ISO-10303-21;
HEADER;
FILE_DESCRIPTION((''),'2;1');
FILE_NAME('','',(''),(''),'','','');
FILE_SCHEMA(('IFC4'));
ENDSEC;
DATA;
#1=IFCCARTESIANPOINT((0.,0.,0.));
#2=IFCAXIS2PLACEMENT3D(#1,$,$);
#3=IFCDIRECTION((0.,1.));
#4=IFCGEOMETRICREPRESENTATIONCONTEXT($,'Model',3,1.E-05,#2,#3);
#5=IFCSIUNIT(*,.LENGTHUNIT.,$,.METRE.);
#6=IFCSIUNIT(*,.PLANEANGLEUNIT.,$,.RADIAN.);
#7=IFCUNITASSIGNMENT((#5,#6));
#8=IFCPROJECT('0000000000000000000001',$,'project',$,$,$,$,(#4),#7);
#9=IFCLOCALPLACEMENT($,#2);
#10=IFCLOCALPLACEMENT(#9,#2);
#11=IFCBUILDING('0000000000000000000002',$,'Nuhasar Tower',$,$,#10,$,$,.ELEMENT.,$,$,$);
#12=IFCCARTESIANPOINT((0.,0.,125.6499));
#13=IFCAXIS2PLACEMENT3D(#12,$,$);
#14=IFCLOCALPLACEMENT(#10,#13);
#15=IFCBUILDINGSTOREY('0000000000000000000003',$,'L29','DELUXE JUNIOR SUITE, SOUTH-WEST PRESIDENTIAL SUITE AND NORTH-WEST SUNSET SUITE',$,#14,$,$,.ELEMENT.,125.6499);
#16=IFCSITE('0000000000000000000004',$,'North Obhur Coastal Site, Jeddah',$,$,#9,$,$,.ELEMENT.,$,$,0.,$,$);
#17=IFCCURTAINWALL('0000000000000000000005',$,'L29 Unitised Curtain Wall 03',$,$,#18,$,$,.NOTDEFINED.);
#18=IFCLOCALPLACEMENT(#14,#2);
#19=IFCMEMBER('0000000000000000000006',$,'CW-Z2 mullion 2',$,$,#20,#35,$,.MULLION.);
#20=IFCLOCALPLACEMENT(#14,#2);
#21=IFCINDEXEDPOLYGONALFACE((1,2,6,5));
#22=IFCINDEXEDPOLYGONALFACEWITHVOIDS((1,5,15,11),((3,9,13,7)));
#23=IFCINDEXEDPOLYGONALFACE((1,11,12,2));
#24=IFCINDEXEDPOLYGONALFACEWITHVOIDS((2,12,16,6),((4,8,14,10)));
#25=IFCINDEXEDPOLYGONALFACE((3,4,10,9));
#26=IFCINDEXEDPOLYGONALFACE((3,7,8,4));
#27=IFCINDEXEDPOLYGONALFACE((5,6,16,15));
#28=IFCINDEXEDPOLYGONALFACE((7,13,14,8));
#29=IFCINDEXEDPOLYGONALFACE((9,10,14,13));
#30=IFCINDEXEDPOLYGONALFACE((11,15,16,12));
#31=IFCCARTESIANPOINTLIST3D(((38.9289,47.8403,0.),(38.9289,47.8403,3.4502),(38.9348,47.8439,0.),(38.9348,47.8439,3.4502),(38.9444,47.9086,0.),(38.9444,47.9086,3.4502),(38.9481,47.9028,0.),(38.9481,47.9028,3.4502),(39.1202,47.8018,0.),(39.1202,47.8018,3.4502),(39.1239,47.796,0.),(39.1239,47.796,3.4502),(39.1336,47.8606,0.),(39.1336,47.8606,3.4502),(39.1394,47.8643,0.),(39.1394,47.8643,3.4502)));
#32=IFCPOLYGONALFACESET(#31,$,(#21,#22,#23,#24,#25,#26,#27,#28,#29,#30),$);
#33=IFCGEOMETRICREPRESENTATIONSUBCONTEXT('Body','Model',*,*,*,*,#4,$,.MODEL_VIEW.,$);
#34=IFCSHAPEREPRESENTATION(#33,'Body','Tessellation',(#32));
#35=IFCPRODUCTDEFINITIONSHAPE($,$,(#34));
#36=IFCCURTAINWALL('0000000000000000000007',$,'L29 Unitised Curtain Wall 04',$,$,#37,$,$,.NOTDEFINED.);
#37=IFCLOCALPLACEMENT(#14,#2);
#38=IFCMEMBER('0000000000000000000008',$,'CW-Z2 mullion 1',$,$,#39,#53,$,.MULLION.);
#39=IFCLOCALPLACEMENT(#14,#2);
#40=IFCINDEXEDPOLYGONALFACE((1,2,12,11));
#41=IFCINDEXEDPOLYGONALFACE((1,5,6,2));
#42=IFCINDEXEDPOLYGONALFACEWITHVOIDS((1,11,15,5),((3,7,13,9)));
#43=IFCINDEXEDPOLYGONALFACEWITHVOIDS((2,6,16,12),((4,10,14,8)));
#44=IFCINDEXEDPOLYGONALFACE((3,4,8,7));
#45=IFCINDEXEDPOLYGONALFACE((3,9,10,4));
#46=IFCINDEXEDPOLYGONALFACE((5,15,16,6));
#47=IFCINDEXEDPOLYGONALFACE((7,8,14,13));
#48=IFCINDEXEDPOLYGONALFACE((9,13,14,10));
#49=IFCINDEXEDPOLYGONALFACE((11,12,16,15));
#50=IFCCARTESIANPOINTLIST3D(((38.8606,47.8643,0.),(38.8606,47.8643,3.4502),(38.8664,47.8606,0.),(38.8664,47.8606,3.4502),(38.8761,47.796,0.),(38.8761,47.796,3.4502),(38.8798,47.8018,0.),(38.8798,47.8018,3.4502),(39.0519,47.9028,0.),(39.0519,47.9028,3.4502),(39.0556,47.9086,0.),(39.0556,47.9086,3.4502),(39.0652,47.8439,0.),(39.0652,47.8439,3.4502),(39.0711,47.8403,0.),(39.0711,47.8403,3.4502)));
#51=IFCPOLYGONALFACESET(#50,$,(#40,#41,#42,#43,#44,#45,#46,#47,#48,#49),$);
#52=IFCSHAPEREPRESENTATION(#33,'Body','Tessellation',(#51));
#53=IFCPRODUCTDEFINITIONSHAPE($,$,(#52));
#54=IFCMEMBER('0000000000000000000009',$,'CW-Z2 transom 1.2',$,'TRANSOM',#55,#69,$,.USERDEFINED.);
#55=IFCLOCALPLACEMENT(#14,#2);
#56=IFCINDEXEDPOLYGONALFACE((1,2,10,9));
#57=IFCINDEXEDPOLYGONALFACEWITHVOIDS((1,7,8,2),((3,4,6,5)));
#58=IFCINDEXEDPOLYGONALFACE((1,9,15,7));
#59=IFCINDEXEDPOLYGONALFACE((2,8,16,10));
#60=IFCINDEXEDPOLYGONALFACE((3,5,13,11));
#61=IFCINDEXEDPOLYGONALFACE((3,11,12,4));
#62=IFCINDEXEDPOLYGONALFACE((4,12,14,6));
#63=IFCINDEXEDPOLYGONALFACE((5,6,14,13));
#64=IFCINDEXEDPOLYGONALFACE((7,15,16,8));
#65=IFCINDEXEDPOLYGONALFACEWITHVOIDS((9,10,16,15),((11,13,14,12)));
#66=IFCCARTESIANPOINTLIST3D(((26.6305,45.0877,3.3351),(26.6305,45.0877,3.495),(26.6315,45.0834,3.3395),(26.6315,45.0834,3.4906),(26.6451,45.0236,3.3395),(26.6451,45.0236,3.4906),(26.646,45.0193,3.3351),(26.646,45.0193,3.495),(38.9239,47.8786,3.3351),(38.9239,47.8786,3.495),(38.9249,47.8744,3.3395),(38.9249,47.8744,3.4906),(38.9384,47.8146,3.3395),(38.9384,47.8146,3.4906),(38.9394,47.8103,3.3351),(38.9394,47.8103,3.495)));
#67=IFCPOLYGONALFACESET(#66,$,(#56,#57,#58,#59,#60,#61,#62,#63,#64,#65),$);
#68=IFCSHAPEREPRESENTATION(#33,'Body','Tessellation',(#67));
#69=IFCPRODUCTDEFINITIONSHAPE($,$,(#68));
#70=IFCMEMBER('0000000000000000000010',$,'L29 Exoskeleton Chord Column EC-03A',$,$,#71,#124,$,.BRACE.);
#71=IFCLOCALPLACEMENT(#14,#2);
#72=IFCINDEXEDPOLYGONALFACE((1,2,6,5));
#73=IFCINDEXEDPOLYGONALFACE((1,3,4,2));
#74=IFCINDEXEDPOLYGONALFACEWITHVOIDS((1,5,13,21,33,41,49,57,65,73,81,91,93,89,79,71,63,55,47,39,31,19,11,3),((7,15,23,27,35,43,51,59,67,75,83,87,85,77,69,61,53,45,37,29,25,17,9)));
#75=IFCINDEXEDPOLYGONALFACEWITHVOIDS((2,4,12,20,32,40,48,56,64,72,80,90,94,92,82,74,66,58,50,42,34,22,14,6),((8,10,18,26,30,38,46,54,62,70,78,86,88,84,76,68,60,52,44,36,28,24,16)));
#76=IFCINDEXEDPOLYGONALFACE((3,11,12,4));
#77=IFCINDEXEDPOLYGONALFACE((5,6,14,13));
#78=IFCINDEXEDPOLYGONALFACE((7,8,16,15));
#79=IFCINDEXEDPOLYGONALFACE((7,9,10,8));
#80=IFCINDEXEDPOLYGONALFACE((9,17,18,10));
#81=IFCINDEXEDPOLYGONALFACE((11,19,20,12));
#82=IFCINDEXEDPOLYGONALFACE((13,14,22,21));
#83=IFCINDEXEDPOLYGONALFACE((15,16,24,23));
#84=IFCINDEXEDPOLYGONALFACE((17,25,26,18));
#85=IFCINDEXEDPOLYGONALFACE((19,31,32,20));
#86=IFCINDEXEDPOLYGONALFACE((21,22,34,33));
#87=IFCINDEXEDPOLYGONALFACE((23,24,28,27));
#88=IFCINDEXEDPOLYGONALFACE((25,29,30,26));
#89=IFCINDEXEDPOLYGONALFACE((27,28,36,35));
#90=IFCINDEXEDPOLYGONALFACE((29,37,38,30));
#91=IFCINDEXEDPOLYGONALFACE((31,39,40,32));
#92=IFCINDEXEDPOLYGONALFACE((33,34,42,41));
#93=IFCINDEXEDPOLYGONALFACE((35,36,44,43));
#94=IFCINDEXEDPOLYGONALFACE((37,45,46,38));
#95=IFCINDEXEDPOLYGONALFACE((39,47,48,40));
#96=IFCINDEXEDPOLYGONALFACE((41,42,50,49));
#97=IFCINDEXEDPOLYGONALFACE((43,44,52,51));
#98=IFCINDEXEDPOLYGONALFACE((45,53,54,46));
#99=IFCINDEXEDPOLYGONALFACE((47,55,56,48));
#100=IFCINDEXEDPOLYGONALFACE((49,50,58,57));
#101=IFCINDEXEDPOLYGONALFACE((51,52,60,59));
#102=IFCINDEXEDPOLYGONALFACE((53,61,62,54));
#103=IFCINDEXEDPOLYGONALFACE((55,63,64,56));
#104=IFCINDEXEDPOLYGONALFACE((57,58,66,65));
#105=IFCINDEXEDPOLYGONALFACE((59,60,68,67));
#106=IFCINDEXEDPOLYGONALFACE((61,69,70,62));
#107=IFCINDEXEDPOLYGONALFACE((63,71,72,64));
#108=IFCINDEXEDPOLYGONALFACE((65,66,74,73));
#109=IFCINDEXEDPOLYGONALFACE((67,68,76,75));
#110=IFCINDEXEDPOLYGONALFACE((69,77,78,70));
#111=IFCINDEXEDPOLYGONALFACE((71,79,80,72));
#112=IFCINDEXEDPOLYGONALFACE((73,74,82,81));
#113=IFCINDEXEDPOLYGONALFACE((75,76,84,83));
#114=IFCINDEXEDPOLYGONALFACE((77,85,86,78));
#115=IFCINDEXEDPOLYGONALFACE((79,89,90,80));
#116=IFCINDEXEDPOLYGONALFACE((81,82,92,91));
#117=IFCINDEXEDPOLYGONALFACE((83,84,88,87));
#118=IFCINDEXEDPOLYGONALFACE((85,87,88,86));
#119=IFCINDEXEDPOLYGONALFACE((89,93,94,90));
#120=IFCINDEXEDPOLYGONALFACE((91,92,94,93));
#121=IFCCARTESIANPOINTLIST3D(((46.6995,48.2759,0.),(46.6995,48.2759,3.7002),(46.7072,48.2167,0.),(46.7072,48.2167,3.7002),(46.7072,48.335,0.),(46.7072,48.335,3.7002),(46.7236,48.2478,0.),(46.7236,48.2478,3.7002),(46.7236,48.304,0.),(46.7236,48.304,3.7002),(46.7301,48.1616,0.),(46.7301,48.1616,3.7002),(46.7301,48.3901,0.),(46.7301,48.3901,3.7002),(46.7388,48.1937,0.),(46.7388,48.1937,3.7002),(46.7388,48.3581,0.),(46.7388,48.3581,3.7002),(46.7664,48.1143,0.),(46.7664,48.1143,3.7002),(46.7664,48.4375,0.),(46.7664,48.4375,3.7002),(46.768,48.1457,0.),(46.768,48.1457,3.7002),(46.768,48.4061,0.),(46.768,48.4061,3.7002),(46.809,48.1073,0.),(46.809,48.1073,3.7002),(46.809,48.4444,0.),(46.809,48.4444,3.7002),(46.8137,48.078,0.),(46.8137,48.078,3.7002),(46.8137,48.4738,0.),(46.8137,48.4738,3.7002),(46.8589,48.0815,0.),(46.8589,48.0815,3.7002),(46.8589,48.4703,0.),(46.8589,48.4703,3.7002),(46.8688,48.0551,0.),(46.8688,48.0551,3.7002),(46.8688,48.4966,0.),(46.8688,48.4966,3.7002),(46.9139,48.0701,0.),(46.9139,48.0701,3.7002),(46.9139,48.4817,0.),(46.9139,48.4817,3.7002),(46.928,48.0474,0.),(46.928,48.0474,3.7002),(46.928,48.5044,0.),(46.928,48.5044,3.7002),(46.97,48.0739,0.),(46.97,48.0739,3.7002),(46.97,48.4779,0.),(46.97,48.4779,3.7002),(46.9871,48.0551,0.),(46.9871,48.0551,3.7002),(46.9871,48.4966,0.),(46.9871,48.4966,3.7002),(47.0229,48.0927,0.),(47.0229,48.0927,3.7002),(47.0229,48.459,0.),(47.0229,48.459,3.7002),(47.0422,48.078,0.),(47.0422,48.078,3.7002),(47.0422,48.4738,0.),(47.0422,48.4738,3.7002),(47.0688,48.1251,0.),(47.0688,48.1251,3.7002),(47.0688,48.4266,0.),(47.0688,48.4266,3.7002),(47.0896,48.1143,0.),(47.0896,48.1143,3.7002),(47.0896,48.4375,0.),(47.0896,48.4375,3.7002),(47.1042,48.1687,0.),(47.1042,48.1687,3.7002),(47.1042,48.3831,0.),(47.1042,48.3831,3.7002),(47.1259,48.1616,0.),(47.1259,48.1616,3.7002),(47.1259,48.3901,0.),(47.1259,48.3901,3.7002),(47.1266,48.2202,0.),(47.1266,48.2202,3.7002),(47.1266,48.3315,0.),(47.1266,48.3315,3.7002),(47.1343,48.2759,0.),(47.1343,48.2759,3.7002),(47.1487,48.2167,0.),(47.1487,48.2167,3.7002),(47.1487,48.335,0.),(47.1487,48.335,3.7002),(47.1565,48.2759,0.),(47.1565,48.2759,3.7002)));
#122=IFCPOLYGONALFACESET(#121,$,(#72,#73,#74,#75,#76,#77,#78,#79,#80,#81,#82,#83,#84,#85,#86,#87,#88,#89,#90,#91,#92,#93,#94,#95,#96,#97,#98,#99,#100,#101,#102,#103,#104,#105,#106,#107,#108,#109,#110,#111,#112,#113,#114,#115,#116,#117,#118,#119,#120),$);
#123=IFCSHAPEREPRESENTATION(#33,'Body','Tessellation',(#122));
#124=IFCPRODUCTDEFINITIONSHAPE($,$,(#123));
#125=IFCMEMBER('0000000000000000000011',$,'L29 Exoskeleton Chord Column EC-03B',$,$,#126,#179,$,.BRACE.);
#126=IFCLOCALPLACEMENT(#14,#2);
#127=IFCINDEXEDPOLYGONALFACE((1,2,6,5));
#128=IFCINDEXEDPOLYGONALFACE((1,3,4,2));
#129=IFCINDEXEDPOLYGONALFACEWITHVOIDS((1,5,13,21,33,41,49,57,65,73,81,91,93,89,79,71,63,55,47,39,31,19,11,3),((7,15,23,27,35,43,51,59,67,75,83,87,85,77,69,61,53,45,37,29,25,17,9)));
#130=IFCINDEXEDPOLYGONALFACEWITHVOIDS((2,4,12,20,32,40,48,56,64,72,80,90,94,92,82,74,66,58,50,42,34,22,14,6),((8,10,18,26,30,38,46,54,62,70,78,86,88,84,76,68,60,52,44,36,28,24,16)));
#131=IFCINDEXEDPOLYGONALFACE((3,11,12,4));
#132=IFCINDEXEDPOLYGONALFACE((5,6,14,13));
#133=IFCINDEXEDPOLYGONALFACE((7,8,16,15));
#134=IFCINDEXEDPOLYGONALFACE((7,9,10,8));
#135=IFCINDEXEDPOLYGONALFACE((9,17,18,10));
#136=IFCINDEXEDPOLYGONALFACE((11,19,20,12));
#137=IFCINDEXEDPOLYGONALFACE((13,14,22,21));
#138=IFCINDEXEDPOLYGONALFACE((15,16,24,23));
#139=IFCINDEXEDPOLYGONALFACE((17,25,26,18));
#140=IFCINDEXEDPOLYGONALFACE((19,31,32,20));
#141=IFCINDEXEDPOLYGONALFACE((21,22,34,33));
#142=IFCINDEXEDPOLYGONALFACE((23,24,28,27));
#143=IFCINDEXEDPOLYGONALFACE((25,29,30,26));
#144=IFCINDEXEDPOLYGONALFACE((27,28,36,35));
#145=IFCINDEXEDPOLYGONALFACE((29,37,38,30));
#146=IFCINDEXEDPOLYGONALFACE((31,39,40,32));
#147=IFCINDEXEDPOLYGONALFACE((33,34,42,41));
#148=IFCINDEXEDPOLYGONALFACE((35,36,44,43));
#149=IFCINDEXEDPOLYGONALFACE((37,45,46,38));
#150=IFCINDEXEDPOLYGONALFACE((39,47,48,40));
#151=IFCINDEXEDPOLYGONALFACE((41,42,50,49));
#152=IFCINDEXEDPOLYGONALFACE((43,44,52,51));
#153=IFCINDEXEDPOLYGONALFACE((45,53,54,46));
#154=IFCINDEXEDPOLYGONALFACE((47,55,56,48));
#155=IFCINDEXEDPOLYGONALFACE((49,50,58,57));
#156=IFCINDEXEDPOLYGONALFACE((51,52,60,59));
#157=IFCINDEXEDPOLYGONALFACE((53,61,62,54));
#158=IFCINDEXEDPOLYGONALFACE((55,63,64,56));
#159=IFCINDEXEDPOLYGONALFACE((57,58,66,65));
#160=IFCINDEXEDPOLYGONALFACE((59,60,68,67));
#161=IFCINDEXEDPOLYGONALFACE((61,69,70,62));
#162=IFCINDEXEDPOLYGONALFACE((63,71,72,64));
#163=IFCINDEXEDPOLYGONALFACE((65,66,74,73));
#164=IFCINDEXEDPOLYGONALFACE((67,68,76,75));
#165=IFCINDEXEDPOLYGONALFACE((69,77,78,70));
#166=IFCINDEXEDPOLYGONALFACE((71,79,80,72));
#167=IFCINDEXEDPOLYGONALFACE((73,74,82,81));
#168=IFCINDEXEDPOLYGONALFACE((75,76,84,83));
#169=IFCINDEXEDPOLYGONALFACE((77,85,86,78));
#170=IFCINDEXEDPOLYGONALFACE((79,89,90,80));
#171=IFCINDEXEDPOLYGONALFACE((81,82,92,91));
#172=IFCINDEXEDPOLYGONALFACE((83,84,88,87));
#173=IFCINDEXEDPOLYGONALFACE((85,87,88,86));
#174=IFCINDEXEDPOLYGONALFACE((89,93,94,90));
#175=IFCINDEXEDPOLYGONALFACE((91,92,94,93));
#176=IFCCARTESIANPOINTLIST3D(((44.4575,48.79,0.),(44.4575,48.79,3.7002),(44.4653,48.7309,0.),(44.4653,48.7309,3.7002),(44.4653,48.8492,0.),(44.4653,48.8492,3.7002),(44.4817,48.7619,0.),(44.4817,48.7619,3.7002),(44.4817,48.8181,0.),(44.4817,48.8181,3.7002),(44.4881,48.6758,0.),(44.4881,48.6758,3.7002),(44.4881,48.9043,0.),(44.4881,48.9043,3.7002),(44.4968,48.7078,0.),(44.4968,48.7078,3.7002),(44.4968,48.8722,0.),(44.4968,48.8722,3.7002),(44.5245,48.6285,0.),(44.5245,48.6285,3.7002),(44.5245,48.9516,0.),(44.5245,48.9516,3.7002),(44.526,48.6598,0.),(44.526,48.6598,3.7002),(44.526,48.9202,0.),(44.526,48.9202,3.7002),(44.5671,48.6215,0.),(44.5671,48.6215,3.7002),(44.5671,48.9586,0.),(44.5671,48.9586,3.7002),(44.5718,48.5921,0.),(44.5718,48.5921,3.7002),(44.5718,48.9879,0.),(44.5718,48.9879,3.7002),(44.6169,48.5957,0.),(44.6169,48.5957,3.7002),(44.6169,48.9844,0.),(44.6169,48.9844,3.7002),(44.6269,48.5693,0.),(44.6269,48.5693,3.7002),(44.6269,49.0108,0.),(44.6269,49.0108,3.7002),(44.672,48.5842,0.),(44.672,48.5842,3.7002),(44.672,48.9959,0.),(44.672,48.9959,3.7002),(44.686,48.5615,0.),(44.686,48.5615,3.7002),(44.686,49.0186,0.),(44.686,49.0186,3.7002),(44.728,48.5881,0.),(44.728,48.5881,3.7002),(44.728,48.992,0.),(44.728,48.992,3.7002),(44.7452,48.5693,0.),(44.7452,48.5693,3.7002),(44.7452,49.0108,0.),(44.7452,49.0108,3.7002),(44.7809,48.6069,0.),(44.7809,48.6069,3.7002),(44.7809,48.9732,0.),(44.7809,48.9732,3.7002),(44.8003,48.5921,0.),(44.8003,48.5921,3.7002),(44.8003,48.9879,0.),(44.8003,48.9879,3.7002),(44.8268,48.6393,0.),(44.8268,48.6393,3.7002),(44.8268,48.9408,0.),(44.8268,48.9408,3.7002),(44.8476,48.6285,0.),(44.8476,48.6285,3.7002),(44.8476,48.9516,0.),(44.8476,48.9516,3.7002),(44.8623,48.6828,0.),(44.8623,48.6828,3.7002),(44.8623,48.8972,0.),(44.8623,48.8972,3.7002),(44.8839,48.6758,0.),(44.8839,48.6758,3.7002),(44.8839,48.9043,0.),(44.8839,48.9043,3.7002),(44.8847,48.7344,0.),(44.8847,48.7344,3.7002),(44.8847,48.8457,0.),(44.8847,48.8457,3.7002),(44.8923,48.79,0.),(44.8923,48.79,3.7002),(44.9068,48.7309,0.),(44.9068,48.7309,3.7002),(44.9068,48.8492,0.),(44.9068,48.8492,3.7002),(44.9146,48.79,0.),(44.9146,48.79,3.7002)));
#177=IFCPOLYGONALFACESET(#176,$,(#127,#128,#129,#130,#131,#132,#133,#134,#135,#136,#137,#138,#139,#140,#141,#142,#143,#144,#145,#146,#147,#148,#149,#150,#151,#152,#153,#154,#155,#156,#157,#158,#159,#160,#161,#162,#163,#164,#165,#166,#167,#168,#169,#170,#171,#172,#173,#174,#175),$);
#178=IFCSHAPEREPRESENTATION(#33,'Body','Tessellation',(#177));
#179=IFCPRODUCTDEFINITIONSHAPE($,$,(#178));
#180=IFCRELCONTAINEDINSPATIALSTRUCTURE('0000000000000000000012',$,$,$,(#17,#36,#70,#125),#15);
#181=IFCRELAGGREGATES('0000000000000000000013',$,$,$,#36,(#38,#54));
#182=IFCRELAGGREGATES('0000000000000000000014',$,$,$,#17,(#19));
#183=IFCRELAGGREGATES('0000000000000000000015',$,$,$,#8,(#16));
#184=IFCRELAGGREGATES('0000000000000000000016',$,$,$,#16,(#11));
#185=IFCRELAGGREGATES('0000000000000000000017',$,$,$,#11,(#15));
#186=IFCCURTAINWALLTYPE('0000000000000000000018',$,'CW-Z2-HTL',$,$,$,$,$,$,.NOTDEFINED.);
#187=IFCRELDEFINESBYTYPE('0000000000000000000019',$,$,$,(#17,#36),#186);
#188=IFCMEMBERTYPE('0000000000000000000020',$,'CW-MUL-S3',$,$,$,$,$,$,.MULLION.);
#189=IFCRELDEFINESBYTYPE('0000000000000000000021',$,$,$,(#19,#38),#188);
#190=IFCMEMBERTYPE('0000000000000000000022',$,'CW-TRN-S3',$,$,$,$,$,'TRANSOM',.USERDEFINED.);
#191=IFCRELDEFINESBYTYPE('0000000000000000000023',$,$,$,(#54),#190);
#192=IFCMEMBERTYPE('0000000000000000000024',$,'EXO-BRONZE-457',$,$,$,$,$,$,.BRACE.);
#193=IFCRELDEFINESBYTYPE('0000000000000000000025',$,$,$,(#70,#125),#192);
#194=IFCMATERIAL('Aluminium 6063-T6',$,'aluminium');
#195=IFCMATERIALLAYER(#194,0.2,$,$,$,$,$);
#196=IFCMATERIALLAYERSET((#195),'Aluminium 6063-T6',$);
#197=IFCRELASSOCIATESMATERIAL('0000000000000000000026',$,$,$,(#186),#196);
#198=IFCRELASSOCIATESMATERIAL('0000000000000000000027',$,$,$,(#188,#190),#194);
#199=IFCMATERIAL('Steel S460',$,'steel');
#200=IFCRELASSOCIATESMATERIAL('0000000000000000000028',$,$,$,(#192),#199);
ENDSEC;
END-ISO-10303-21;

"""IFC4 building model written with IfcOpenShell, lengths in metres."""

from ifc_helpers import new_model, si_unit, direction, frame, origin, origin_2d, place, context, subcontext, project, spatial, hollow_rectangle, hollow_circle, extrude, material, layer, layer_set, material_profile, profile_set, type_object, element, aggregate, save


model = new_model("IFC4")

# Units and contexts
model_context = context("Model", 3, precision=1e-05, world=origin(), true_north=direction((0.0, 1.0)))
body_context = subcontext(model_context, "Body", "Model", "MODEL_VIEW")
ifc_project = project(units=[si_unit("LENGTHUNIT", "METRE"), si_unit("PLANEANGLEUNIT", "RADIAN")], contexts=[model_context])

# Site, building, storey
site_placement = place(None, origin())
site = spatial("IfcSite", under=ifc_project, at=site_placement, Name="North Obhur Coastal Site, Jeddah", CompositionType="ELEMENT", RefElevation=0.0)
building_placement = place(site_placement, origin())
building = spatial("IfcBuilding", under=site, at=building_placement, Name="Nuhasar Tower", CompositionType="ELEMENT")
storey_placement = place(building_placement, frame((0.0, 0.0, 125.6499)))
storey = spatial("IfcBuildingStorey", under=building, at=storey_placement, Name="L29", Description="DELUXE JUNIOR SUITE, SOUTH-WEST PRESIDENTIAL SUITE AND NORTH-WEST SUNSET SUITE", CompositionType="ELEMENT", Elevation=125.6499)

# Curtain wall, member
ifc_material_1 = material(Name="Aluminium 6063-T6", Category="aluminium")
ifc_layer_1 = layer(ifc_material_1, 0.2)
ifc_layer_set_1 = layer_set([ifc_layer_1], Name="Aluminium 6063-T6")
curtain_wall_type = type_object("IfcCurtainWallType", Name="CW-Z2-HTL", PredefinedType="NOTDEFINED", material=ifc_layer_set_1)
curtain_wall_1_placement = place(storey_placement, origin())
curtain_wall_1 = element("IfcCurtainWall", 1, at=curtain_wall_1_placement, inside=storey, type_object=curtain_wall_type, Name="L29 Unitised Curtain Wall 03", PredefinedType="NOTDEFINED")
ifc_material_profile_1 = material_profile(ifc_material_1, hollow_rectangle(XDim=0.0701, YDim=0.2, WallThickness=0.0049, at=origin_2d()), Name="CWM-3")
ifc_profile_set_1 = profile_set([ifc_material_profile_1], Name="Aluminium 6063-T6")
member_type_1 = type_object("IfcMemberType", Name="CW-MUL-S3", PredefinedType="MULLION", material=ifc_profile_set_1)
member_1_placement = place(storey_placement, frame((39.0342, 47.8523, 0.0), z_axis=(0.0, 0.0, 1.0), x_axis=(-0.221397, -0.975184, 0.0)))
member_1 = element("IfcMember", 2, at=member_1_placement, type_object=member_type_1, Name="CW-Z2 mullion 2", PredefinedType="MULLION", context=body_context, shape_type="SweptSolid", body=[
    extrude(hollow_rectangle(XDim=0.0701, YDim=0.2, WallThickness=0.0049, at=origin_2d()), origin(), (0.0, 0.0, 1.0), 3.4502),
])

# Curtain wall, members
curtain_wall_2_placement = place(storey_placement, origin())
curtain_wall_2 = element("IfcCurtainWall", 3, at=curtain_wall_2_placement, inside=storey, type_object=curtain_wall_type, Name="L29 Unitised Curtain Wall 04", PredefinedType="NOTDEFINED")
member_2_placement = place(storey_placement, frame((38.9658, 47.8523, 0.0), z_axis=(0.0, 0.0, 1.0), x_axis=(0.221397, -0.975184, 0.0)))
member_2 = element("IfcMember", 4, at=member_2_placement, type_object=member_type_1, Name="CW-Z2 mullion 1", PredefinedType="MULLION", context=body_context, shape_type="SweptSolid", body=[
    extrude(hollow_rectangle(XDim=0.0701, YDim=0.2, WallThickness=0.0049, at=origin_2d()), origin(), (0.0, 0.0, 1.0), 3.4502),
])
ifc_material_profile_2 = material_profile(ifc_material_1, hollow_rectangle(XDim=0.0701, YDim=0.1599, WallThickness=0.0044, at=origin_2d()), Name="CWT-3")
ifc_profile_set_2 = profile_set([ifc_material_profile_2], Name="Aluminium 6063-T6")
member_type_2 = type_object("IfcMemberType", Name="CW-TRN-S3", ElementType="TRANSOM", PredefinedType="USERDEFINED", material=ifc_profile_set_2)
member_3_placement = place(storey_placement, frame((38.9316, 47.8445, 3.415), z_axis=(-0.975183, -0.221398, 0.0), x_axis=(0.221398, -0.975183, 0.0)))
member_3 = element("IfcMember", 5, at=member_3_placement, type_object=member_type_2, Name="CW-Z2 transom 1.2", ObjectType="TRANSOM", PredefinedType="USERDEFINED", context=body_context, shape_type="SweptSolid", body=[
    extrude(hollow_rectangle(XDim=0.0701, YDim=0.1599, WallThickness=0.0044, at=origin_2d()), origin(), (0.0, 0.0, 1.0), 12.6062),
])
aggregate(curtain_wall_2, [member_2, member_3])

# Members
ifc_material_2 = material(Name="Steel S460", Category="steel")
ifc_material_profile_3 = material_profile(ifc_material_2, hollow_circle(Radius=0.2285, WallThickness=0.0222, at=origin_2d()), Name="HSS457X22.2")
ifc_profile_set_3 = profile_set([ifc_material_profile_3], Name="Steel S460")
member_type_3 = type_object("IfcMemberType", Name="EXO-BRONZE-457", PredefinedType="BRACE", material=ifc_profile_set_3)
for number, where, z_axis, x_axis, name in (
    (6, (46.928, 48.2759, 0.0), (0.0, 0.0, 1.0), (1.0, 0.0, 0.0), "L29 Exoskeleton Chord Column EC-03A"),
    (7, (44.686, 48.79, 0.0), (0.0, 0.0, 1.0), (1.0, 0.0, 0.0), "L29 Exoskeleton Chord Column EC-03B"),
):
    element("IfcMember", number, at=place(storey_placement, frame(where, z_axis=z_axis, x_axis=x_axis)), inside=storey, type_object=member_type_3, Name=name, PredefinedType="BRACE", context=body_context, shape_type="SweptSolid", body=[
        extrude(hollow_circle(Radius=0.2285, WallThickness=0.0222, at=origin_2d()), origin(), (0.0, 0.0, 1.0), 3.7002),
    ])

aggregate(curtain_wall_1, [member_1])

save(model, "model.ifc")
